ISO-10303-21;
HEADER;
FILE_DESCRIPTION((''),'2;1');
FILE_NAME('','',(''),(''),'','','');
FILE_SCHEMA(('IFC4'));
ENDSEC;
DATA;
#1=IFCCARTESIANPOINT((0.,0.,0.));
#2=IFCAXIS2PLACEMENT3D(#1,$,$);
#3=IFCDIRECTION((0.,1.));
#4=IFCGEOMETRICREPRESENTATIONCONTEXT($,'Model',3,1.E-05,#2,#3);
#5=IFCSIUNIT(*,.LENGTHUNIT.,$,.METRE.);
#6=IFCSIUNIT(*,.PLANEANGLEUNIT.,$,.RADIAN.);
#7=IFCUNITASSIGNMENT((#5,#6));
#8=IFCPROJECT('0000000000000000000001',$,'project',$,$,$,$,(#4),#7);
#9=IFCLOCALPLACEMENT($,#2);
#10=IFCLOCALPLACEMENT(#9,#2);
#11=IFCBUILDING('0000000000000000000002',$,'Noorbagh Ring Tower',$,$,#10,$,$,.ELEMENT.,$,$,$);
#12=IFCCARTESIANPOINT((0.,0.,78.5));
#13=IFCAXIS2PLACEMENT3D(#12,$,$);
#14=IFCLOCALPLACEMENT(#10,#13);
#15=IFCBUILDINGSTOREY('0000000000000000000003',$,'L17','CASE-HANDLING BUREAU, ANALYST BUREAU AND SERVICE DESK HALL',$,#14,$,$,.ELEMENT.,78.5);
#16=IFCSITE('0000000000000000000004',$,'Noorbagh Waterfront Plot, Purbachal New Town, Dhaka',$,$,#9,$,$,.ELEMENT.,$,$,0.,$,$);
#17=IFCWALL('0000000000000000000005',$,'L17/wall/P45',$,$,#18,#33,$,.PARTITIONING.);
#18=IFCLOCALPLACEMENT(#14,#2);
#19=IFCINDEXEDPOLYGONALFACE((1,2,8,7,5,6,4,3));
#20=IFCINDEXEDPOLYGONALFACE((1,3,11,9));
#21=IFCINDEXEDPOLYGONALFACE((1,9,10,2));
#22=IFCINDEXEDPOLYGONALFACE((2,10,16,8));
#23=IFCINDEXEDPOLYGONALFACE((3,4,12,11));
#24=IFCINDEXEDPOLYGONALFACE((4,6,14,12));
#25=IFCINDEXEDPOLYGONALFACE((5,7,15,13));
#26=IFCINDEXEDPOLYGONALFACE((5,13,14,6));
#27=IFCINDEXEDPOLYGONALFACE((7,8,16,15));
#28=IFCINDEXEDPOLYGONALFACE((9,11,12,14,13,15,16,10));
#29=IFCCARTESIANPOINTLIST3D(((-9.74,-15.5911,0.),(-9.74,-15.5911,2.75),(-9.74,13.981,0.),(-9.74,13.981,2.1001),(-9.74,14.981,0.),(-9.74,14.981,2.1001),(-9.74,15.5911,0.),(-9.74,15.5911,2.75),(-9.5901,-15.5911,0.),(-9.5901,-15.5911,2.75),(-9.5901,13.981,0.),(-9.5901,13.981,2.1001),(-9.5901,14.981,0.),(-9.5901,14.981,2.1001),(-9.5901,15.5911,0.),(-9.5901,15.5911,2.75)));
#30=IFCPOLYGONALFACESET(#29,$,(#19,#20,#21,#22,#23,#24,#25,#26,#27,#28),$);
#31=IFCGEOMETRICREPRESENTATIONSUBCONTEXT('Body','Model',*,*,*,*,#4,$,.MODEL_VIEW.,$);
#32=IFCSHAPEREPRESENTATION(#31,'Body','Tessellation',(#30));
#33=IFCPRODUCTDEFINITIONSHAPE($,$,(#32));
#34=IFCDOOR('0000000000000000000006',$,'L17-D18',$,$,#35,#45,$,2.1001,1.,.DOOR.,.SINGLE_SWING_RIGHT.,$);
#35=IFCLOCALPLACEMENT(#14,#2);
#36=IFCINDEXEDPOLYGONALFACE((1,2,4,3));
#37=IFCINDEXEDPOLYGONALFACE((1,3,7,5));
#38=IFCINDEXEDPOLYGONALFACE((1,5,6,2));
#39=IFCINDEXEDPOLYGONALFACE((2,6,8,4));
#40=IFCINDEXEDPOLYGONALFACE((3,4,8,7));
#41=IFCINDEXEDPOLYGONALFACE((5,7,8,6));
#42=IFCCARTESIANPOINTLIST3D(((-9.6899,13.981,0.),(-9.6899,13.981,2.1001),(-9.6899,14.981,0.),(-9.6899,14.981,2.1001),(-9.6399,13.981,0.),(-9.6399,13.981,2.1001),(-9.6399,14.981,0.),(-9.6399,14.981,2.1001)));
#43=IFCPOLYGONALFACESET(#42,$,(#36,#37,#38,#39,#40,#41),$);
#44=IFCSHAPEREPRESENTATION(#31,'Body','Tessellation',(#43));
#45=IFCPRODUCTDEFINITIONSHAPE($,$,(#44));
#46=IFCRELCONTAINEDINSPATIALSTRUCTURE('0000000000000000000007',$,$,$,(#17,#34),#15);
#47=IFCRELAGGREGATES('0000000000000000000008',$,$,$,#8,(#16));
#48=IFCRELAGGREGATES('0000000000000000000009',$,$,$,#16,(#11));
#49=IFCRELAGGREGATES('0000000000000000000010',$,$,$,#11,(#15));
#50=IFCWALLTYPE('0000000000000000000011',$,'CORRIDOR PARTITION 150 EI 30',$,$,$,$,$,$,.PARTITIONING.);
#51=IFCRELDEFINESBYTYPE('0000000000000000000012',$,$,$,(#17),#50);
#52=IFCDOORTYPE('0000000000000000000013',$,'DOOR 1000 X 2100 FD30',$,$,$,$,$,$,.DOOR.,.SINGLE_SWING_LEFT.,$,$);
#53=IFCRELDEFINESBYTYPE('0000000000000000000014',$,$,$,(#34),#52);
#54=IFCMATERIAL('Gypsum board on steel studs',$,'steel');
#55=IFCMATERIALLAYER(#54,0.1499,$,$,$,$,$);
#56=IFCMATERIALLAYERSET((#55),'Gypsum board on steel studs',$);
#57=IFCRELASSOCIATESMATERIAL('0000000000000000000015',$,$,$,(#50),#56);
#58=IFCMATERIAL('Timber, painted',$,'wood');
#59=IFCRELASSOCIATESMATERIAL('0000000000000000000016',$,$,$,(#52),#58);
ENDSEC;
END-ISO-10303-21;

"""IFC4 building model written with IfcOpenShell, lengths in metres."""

from ifc_helpers import new_model, si_unit, direction, frame, frame_2d, origin, place, context, subcontext, project, spatial, rectangle, extrude, material, layer, layer_set, type_object, element, fill, save


model = new_model("IFC4")

# Units and contexts
model_context = context("Model", 3, precision=1e-05, world=origin(), true_north=direction((0.0, 1.0)))
body_context = subcontext(model_context, "Body", "Model", "MODEL_VIEW")
ifc_project = project(units=[si_unit("LENGTHUNIT", "METRE"), si_unit("PLANEANGLEUNIT", "RADIAN")], contexts=[model_context])

# Site, building, storey
site_placement = place(None, origin())
site = spatial("IfcSite", under=ifc_project, at=site_placement, Name="Noorbagh Waterfront Plot, Purbachal New Town, Dhaka", CompositionType="ELEMENT", RefElevation=0.0)
building_placement = place(site_placement, origin())
building = spatial("IfcBuilding", under=site, at=building_placement, Name="Noorbagh Ring Tower", CompositionType="ELEMENT")
storey_placement = place(building_placement, frame((0.0, 0.0, 78.5)))
storey = spatial("IfcBuildingStorey", under=building, at=storey_placement, Name="L17", Description="CASE-HANDLING BUREAU, ANALYST BUREAU AND SERVICE DESK HALL", CompositionType="ELEMENT", Elevation=78.5)

# Shared definitions
ifc_material_1 = material(Name="Gypsum board on steel studs", Category="steel")
ifc_layer_1 = layer(ifc_material_1, 0.1499)
ifc_layer_set_1 = layer_set([ifc_layer_1], Name="Gypsum board on steel studs")
wall_type_1 = type_object("IfcWallType", Name="CORRIDOR PARTITION 150 EI 30", PredefinedType="PARTITIONING", material=ifc_layer_set_1)

# Shared definitions
ifc_material_2 = material(Name="Timber, painted", Category="wood")
door_type_1 = type_object("IfcDoorType", Name="DOOR 1000 X 2100 FD30", OperationType="SINGLE_SWING_LEFT", PredefinedType="DOOR", material=ifc_material_2)

# Wall, opening, door
wall_1_placement = place(storey_placement, frame((-9.665, -15.5911, 0.0), z_axis=(0.0, 0.0, 1.0), x_axis=(0.0, 1.0, 0.0)))
wall_1 = element("IfcWall", 1, at=wall_1_placement, inside=storey, type_object=wall_type_1, Name="L17/wall/P45", PredefinedType="PARTITIONING", context=body_context, shape_type="SweptSolid", body=[
    extrude(rectangle(XDim=31.1821, YDim=0.1499, at=frame_2d((15.5911, 0.0))), origin(), (0.0, 0.0, 1.0), 2.75),
])
opening_1_placement = place(wall_1_placement, frame((29.572, 0.0, 0.0)))
opening_1 = element("IfcOpeningElement", 2, at=opening_1_placement, cuts=wall_1, PredefinedType="OPENING", context=body_context, shape_type="SweptSolid", body=[
    extrude(rectangle(XDim=1.0, YDim=2.1001, at=frame_2d((0.5, 1.05))), frame((0.0, 0.085, 0.0), z_axis=(0.0, -1.0, 0.0), x_axis=(1.0, 0.0, 0.0)), (0.0, 0.0, 1.0), 0.1699),
])
door_1_placement = place(opening_1_placement, origin())
door_1 = element("IfcDoor", 3, at=door_1_placement, inside=storey, type_object=door_type_1, Name="L17-D18", OperationType="SINGLE_SWING_RIGHT", OverallHeight=2.1001, OverallWidth=1.0, PredefinedType="DOOR", context=body_context, shape_type="SweptSolid", body=[
    extrude(rectangle(XDim=1.0, YDim=2.1001, at=frame_2d((0.5, 1.05))), frame((0.0, 0.0249, 0.0), z_axis=(0.0, -1.0, 0.0), x_axis=(1.0, 0.0, 0.0)), (0.0, 0.0, 1.0), 0.05),
])
fill(opening_1, door_1)

save(model, "model.ifc")
